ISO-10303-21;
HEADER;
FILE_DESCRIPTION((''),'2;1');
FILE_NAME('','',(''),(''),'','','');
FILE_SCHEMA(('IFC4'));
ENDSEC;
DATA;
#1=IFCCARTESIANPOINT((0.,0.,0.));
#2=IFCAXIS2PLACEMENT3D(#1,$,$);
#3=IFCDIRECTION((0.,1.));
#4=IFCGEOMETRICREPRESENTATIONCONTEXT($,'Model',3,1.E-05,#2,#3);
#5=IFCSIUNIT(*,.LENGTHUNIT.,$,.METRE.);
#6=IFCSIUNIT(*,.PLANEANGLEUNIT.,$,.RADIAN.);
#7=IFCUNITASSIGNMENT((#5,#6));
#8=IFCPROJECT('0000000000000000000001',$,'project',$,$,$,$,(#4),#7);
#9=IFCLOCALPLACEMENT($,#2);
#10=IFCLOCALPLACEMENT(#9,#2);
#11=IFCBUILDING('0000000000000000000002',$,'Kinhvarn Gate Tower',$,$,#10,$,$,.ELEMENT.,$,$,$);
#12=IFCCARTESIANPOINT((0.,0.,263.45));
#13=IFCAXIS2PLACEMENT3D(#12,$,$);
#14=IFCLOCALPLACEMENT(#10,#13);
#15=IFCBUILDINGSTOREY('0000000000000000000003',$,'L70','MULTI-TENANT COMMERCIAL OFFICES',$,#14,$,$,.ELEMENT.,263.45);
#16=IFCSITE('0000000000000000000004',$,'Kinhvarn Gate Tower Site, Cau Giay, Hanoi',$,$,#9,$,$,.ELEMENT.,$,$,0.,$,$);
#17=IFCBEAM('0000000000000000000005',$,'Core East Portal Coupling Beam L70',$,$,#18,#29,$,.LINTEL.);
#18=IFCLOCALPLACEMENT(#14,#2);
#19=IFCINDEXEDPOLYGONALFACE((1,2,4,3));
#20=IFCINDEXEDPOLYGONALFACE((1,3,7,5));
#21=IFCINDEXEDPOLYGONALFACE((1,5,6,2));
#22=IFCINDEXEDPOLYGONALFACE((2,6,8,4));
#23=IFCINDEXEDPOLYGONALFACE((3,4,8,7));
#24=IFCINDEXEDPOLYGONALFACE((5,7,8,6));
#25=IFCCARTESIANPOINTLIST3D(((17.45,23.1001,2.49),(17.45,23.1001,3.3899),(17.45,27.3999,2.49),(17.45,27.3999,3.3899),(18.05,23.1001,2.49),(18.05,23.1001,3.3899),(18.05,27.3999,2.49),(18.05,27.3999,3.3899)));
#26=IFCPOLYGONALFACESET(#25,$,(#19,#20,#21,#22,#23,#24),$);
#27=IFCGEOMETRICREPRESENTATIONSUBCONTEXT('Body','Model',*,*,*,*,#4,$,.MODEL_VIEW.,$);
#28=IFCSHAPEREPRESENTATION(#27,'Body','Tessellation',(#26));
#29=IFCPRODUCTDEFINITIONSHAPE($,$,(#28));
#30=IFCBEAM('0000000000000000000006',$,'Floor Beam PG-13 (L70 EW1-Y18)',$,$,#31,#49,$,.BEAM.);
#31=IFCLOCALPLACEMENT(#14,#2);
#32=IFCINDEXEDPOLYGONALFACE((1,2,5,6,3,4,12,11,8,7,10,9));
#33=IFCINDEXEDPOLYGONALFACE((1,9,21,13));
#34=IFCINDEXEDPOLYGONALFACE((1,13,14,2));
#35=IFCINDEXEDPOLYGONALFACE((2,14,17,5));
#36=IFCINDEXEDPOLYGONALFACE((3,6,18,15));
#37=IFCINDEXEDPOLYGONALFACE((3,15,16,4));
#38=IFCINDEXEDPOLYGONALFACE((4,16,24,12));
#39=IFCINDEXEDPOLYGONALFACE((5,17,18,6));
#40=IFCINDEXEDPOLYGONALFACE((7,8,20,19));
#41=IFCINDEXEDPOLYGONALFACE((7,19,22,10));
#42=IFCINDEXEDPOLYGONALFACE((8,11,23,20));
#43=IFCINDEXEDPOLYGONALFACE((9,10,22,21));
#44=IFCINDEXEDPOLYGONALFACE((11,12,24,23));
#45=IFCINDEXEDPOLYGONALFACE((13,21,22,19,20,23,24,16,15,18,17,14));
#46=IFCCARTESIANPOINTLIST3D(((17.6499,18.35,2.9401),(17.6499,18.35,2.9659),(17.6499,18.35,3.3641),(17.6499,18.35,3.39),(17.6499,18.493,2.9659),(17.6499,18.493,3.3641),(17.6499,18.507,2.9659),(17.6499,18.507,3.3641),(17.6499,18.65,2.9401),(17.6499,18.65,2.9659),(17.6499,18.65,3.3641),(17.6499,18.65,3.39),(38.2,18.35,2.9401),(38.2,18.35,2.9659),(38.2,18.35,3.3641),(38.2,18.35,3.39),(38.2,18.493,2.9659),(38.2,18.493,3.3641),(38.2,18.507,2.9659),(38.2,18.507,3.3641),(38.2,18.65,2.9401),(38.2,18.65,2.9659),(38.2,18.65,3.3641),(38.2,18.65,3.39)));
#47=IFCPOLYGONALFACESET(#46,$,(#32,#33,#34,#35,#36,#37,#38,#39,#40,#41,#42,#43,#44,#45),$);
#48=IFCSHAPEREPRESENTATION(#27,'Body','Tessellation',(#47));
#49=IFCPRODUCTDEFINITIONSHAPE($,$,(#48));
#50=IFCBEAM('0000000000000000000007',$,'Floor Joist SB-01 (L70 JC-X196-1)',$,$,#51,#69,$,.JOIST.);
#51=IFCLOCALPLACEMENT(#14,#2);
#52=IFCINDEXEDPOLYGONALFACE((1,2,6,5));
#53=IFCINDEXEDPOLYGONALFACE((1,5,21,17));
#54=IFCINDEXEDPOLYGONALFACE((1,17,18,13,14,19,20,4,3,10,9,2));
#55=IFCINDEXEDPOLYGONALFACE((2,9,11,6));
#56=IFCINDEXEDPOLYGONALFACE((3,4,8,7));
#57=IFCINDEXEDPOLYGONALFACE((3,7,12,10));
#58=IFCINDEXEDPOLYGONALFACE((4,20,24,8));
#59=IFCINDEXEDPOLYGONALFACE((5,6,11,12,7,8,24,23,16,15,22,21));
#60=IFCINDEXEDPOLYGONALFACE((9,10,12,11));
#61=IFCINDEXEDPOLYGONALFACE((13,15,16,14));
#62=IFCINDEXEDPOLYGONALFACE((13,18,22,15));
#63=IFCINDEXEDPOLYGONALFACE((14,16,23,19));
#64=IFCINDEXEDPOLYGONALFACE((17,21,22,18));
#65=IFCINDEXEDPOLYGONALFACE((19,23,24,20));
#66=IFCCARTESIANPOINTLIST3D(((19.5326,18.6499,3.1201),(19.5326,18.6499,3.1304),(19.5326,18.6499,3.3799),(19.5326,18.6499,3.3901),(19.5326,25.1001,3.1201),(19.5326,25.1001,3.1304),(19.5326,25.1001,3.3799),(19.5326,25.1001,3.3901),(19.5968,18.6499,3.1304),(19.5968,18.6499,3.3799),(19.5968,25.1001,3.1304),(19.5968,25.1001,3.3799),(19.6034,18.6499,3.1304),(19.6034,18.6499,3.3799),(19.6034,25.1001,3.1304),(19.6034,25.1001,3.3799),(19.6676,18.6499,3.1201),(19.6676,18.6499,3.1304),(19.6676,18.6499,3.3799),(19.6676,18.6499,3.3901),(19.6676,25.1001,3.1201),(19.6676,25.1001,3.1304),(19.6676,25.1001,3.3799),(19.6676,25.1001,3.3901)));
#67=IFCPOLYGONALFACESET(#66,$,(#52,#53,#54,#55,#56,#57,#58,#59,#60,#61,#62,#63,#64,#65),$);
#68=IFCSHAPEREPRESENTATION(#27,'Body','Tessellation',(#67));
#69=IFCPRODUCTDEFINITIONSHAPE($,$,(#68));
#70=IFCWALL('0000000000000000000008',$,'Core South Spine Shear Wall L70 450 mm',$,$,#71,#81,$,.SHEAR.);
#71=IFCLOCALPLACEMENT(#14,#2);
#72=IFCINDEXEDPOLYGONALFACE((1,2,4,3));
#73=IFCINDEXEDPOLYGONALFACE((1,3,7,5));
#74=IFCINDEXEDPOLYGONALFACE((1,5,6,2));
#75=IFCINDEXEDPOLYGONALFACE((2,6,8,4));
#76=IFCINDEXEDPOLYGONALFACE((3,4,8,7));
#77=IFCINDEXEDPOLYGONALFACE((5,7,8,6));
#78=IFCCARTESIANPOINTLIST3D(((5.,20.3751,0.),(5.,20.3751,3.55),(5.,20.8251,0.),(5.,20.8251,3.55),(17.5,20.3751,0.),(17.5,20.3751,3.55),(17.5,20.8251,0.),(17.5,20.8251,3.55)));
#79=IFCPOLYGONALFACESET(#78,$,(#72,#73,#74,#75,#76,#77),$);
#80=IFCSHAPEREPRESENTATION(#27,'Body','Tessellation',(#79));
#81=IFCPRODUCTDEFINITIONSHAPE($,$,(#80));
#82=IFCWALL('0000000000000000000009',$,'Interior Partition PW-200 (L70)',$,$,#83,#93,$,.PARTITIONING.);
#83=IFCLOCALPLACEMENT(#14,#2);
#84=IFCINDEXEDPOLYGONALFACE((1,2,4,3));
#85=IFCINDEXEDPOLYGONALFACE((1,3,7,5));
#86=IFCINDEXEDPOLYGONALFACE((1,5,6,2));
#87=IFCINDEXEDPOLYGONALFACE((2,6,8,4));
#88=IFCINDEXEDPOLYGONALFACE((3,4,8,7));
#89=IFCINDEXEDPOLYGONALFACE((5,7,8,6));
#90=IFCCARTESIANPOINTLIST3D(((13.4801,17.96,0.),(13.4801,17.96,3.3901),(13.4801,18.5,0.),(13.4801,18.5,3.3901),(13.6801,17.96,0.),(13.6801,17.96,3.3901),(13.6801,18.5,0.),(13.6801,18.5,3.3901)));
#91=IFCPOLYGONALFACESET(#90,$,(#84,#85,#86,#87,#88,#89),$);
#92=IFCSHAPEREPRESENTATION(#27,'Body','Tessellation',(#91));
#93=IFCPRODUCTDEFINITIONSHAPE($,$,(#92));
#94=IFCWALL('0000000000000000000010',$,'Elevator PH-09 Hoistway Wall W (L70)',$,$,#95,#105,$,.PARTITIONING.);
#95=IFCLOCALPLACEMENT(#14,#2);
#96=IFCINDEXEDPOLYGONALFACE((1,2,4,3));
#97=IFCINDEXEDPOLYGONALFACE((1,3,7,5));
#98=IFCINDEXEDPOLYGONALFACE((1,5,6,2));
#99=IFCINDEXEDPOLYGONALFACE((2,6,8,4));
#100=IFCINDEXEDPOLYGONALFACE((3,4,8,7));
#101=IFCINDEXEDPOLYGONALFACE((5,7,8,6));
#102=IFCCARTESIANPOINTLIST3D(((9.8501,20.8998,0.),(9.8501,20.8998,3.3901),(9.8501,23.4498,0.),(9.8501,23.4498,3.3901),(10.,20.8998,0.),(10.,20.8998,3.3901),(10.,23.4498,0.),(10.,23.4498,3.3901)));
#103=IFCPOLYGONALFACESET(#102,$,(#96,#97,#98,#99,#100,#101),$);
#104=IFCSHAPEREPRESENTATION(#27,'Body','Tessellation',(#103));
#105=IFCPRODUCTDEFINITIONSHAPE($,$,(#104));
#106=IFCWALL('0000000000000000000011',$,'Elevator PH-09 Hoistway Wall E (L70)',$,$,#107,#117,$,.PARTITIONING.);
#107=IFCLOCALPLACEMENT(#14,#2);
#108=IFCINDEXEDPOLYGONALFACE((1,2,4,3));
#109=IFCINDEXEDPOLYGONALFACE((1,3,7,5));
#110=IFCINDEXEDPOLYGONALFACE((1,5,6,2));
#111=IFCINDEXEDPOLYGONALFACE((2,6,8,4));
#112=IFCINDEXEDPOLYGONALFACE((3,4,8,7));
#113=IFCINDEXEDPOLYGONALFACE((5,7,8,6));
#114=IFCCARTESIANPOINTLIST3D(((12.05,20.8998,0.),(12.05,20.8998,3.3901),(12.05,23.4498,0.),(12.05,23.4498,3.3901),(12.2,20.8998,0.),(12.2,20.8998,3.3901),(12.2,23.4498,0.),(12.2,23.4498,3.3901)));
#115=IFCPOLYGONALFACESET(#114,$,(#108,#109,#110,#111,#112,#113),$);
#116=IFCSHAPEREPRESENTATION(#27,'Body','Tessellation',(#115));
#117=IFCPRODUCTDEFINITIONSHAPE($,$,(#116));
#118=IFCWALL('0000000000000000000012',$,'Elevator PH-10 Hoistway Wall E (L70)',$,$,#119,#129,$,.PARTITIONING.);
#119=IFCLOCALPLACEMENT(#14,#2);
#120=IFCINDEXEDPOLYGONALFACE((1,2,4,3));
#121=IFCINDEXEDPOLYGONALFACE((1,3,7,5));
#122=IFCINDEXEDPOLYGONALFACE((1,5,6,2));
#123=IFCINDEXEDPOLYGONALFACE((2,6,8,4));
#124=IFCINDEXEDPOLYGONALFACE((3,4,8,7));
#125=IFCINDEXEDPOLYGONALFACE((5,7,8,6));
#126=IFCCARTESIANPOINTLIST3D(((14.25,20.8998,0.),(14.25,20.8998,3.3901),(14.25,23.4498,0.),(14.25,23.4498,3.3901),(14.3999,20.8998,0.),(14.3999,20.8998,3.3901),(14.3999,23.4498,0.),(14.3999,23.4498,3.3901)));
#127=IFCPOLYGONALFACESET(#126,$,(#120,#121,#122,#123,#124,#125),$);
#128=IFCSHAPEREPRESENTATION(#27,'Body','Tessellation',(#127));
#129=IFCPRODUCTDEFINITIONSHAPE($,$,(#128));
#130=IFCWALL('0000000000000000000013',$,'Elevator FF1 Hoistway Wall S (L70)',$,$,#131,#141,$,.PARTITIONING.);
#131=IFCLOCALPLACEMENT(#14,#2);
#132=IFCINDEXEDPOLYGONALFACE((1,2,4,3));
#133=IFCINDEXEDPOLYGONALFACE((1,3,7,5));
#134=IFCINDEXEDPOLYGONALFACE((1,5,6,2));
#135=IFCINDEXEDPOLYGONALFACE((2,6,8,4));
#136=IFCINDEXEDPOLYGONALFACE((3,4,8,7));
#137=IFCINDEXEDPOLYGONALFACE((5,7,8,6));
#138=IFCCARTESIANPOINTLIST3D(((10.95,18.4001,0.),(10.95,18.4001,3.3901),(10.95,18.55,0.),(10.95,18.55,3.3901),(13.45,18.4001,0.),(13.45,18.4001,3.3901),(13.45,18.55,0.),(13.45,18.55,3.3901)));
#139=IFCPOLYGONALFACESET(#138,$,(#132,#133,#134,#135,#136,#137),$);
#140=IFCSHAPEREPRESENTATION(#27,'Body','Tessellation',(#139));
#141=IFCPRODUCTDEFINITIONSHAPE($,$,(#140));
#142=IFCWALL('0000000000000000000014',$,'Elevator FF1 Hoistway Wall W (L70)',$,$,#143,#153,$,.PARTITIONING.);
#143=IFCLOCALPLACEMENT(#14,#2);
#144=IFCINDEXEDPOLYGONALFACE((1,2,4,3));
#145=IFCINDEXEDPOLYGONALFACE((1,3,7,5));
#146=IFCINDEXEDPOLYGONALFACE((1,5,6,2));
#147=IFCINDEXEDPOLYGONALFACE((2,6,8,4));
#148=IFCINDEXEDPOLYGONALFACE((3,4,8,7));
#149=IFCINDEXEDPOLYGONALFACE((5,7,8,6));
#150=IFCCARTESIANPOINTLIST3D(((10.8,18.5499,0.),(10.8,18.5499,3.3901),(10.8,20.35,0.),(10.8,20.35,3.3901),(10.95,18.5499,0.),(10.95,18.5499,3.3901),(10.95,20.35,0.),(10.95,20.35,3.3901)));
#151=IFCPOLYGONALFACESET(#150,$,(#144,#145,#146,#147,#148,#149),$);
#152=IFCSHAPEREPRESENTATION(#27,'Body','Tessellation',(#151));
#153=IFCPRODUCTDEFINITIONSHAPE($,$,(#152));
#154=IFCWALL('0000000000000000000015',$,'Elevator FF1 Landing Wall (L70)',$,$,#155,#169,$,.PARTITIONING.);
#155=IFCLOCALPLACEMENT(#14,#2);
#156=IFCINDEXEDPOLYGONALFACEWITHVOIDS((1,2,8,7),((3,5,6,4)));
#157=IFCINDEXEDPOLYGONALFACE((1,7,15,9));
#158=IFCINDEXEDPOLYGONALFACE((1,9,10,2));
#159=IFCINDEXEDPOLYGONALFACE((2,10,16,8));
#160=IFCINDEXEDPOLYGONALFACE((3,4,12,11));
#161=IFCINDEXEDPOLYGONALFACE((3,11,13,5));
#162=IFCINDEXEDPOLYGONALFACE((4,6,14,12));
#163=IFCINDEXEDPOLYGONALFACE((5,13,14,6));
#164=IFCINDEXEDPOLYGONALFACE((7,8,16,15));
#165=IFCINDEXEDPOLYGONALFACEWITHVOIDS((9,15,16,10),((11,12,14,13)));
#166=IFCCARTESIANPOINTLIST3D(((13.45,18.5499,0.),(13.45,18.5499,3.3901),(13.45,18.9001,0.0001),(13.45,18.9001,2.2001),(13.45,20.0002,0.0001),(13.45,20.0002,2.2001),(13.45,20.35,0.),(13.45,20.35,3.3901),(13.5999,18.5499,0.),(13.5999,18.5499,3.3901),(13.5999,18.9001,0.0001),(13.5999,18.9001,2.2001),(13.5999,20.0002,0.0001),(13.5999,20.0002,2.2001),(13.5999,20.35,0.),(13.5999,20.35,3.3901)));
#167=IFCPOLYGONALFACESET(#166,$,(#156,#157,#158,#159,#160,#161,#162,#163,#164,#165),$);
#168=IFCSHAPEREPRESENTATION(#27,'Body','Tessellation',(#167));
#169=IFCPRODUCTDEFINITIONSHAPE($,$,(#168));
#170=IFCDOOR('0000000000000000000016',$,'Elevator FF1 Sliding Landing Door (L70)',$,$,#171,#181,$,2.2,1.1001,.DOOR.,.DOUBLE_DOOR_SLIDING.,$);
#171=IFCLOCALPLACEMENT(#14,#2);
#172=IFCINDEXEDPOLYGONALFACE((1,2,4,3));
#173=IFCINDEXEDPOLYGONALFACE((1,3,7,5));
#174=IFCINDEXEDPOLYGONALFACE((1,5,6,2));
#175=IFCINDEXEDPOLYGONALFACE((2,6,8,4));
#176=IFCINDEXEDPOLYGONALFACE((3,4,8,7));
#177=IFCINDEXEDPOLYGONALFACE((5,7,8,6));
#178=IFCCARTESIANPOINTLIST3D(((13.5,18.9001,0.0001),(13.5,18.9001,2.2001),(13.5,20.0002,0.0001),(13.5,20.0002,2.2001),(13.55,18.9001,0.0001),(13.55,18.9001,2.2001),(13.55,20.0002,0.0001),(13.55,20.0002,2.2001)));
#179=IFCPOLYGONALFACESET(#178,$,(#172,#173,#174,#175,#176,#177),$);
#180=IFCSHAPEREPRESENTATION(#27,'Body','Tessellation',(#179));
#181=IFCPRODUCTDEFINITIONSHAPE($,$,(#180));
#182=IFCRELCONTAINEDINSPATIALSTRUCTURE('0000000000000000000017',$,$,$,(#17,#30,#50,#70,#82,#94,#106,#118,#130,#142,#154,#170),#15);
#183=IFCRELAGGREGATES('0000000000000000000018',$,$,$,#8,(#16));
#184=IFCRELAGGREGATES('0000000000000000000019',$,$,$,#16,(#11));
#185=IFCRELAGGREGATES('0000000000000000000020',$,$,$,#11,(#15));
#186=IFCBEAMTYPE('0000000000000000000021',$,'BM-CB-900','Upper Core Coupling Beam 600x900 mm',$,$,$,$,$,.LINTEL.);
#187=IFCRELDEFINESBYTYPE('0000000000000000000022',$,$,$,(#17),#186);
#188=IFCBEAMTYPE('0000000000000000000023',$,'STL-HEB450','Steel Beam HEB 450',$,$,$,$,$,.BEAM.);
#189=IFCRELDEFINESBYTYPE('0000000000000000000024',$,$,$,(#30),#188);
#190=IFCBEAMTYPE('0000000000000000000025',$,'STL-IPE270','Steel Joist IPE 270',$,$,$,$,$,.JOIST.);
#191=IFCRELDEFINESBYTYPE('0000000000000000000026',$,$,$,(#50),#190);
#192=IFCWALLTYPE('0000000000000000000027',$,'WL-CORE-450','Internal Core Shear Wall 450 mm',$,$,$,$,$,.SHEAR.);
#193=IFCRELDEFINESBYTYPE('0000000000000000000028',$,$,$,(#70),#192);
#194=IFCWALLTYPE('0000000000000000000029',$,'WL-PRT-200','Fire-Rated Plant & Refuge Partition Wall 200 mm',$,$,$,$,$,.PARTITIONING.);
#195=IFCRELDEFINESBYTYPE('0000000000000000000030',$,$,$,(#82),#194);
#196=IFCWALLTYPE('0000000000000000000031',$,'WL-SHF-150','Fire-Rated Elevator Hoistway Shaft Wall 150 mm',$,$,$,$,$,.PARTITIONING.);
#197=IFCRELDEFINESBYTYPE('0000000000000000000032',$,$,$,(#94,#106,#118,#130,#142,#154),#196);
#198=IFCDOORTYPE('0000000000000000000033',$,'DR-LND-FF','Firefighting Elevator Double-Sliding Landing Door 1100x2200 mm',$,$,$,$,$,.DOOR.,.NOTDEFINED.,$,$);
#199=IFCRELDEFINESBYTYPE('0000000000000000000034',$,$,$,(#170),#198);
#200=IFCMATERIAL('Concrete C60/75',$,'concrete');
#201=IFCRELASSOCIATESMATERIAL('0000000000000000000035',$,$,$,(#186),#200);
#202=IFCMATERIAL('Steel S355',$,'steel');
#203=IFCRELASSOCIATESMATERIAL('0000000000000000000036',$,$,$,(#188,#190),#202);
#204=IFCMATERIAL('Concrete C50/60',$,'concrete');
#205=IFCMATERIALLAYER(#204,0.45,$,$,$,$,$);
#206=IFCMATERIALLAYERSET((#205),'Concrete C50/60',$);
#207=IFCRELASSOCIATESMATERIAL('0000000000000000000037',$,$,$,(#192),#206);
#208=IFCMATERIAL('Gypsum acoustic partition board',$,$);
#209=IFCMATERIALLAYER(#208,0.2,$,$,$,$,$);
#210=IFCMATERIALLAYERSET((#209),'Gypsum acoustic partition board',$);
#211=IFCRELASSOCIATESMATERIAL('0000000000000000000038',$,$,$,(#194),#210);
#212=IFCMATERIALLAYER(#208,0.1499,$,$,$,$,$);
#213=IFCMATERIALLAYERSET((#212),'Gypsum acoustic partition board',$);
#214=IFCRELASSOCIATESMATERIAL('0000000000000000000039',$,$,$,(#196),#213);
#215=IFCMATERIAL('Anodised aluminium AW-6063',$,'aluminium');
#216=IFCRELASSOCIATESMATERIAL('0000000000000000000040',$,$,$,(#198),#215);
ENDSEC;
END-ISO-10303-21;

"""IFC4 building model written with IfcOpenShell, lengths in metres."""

from ifc_helpers import new_model, si_unit, direction, frame, frame_2d, origin, origin_2d, place, context, subcontext, project, spatial, rectangle, i_section, extrude, material, layer, layer_set, material_profile, profile_set, type_object, element, fill, save


model = new_model("IFC4")

# Units and contexts
model_context = context("Model", 3, precision=1e-05, world=origin(), true_north=direction((0.0, 1.0)))
body_context = subcontext(model_context, "Body", "Model", "MODEL_VIEW")
ifc_project = project(units=[si_unit("LENGTHUNIT", "METRE"), si_unit("PLANEANGLEUNIT", "RADIAN")], contexts=[model_context])

# Site, building, storey
site_placement = place(None, origin())
site = spatial("IfcSite", under=ifc_project, at=site_placement, Name="Kinhvarn Gate Tower Site, Cau Giay, Hanoi", CompositionType="ELEMENT", RefElevation=0.0)
building_placement = place(site_placement, origin())
building = spatial("IfcBuilding", under=site, at=building_placement, Name="Kinhvarn Gate Tower", CompositionType="ELEMENT")
storey_placement = place(building_placement, frame((0.0, 0.0, 263.45)))
storey = spatial("IfcBuildingStorey", under=building, at=storey_placement, Name="L70", Description="MULTI-TENANT COMMERCIAL OFFICES", CompositionType="ELEMENT", Elevation=263.45)

# Beams
ifc_material_1 = material(Name="Concrete C60/75", Category="concrete")
ifc_material_profile_1 = material_profile(ifc_material_1, rectangle(XDim=0.6001, YDim=0.8999, at=origin_2d()), Name="RC 600x900")
ifc_profile_set_1 = profile_set([ifc_material_profile_1], Name="Concrete C60/75")
beam_type_1 = type_object("IfcBeamType", Name="BM-CB-900", Description="Upper Core Coupling Beam 600x900 mm", PredefinedType="LINTEL", material=ifc_profile_set_1)
beam_1_placement = place(storey_placement, frame((17.75, 23.1001, 2.9399), z_axis=(0.0, 1.0, 0.0), x_axis=(-1.0, 0.0, 0.0)))
element("IfcBeam", 1, at=beam_1_placement, inside=storey, type_object=beam_type_1, Name="Core East Portal Coupling Beam L70", PredefinedType="LINTEL", context=body_context, shape_type="SweptSolid", body=[
    extrude(rectangle(XDim=0.6001, YDim=0.8999, at=origin_2d()), origin(), (0.0, 0.0, 1.0), 4.2998),
])
ifc_material_2 = material(Name="Steel S355", Category="steel")
ifc_material_profile_2 = material_profile(ifc_material_2, i_section(OverallWidth=0.3, OverallDepth=0.45, WebThickness=0.0139, FlangeThickness=0.0259, at=origin_2d()), Name="HEB 450")
ifc_profile_set_2 = profile_set([ifc_material_profile_2], Name="Steel S355")
beam_type_2 = type_object("IfcBeamType", Name="STL-HEB450", Description="Steel Beam HEB 450", PredefinedType="BEAM", material=ifc_profile_set_2)
beam_2_placement = place(storey_placement, frame((17.6499, 18.5, 3.165), z_axis=(1.0, 0.0, 0.0), x_axis=(0.0, 1.0, 0.0)))
element("IfcBeam", 2, at=beam_2_placement, inside=storey, type_object=beam_type_2, Name="Floor Beam PG-13 (L70 EW1-Y18)", PredefinedType="BEAM", context=body_context, shape_type="SweptSolid", body=[
    extrude(i_section(OverallWidth=0.3, OverallDepth=0.45, WebThickness=0.0139, FlangeThickness=0.0259, at=origin_2d()), origin(), (0.0, 0.0, 1.0), 20.55),
])
ifc_material_profile_3 = material_profile(ifc_material_2, i_section(OverallWidth=0.135, OverallDepth=0.27, WebThickness=0.0066, FlangeThickness=0.0103, at=origin_2d()), Name="IPE 270")
ifc_profile_set_3 = profile_set([ifc_material_profile_3], Name="Steel S355")
beam_type_3 = type_object("IfcBeamType", Name="STL-IPE270", Description="Steel Joist IPE 270", PredefinedType="JOIST", material=ifc_profile_set_3)
beam_3_placement = place(storey_placement, frame((19.6001, 18.6499, 3.2551), z_axis=(0.0, 1.0, 0.0), x_axis=(-1.0, 0.0, 0.0)))
element("IfcBeam", 3, at=beam_3_placement, inside=storey, type_object=beam_type_3, Name="Floor Joist SB-01 (L70 JC-X196-1)", PredefinedType="JOIST", context=body_context, shape_type="SweptSolid", body=[
    extrude(i_section(OverallWidth=0.135, OverallDepth=0.27, WebThickness=0.0066, FlangeThickness=0.0103, at=origin_2d()), origin(), (0.0, 0.0, 1.0), 6.4502),
])

# Walls
ifc_material_3 = material(Name="Concrete C50/60", Category="concrete")
ifc_layer_1 = layer(ifc_material_3, 0.45)
ifc_layer_set_1 = layer_set([ifc_layer_1], Name="Concrete C50/60")
wall_type_1 = type_object("IfcWallType", Name="WL-CORE-450", Description="Internal Core Shear Wall 450 mm", PredefinedType="SHEAR", material=ifc_layer_set_1)
wall_1_placement = place(storey_placement, frame((5.0, 20.6001, 0.0), z_axis=(0.0, 0.0, 1.0), x_axis=(1.0, 0.0, 0.0)))
element("IfcWall", 4, at=wall_1_placement, inside=storey, type_object=wall_type_1, Name="Core South Spine Shear Wall L70 450 mm", PredefinedType="SHEAR", context=body_context, shape_type="SweptSolid", body=[
    extrude(rectangle(XDim=12.5, YDim=0.45, at=frame_2d((6.25, 0.0))), origin(), (0.0, 0.0, 1.0), 3.55),
])
ifc_material_4 = material(Name="Gypsum acoustic partition board")
ifc_layer_2 = layer(ifc_material_4, 0.2)
ifc_layer_set_2 = layer_set([ifc_layer_2], Name="Gypsum acoustic partition board")
wall_type_2 = type_object("IfcWallType", Name="WL-PRT-200", Description="Fire-Rated Plant & Refuge Partition Wall 200 mm", PredefinedType="PARTITIONING", material=ifc_layer_set_2)
wall_2_placement = place(storey_placement, frame((13.5801, 17.96, 0.0), z_axis=(0.0, 0.0, 1.0), x_axis=(0.0, 1.0, 0.0)))
element("IfcWall", 5, at=wall_2_placement, inside=storey, type_object=wall_type_2, Name="Interior Partition PW-200 (L70)", PredefinedType="PARTITIONING", context=body_context, shape_type="SweptSolid", body=[
    extrude(rectangle(XDim=0.54, YDim=0.2, at=frame_2d((0.27, 0.0))), origin(), (0.0, 0.0, 1.0), 3.3901),
])
ifc_layer_3 = layer(ifc_material_4, 0.1499)
ifc_layer_set_3 = layer_set([ifc_layer_3], Name="Gypsum acoustic partition board")
wall_type_3 = type_object("IfcWallType", Name="WL-SHF-150", Description="Fire-Rated Elevator Hoistway Shaft Wall 150 mm", PredefinedType="PARTITIONING", material=ifc_layer_set_3)
for number, where, z_axis, x_axis, name in (
    (6, (9.925, 20.8999, 0.0), (0.0, 0.0, 1.0), (0.0, 1.0, 0.0), "Elevator PH-09 Hoistway Wall W (L70)"),
    (7, (12.125, 20.8999, 0.0), (0.0, 0.0, 1.0), (0.0, 1.0, 0.0), "Elevator PH-09 Hoistway Wall E (L70)"),
    (8, (14.325, 20.8999, 0.0), (0.0, 0.0, 1.0), (0.0, 1.0, 0.0), "Elevator PH-10 Hoistway Wall E (L70)"),
):
    element("IfcWall", number, at=place(storey_placement, frame(where, z_axis=z_axis, x_axis=x_axis)), inside=storey, type_object=wall_type_3, Name=name, PredefinedType="PARTITIONING", context=body_context, shape_type="SweptSolid", body=[
        extrude(rectangle(XDim=2.55, YDim=0.1499, at=frame_2d((1.2749, 0.0))), origin(), (0.0, 0.0, 1.0), 3.3901),
    ])
wall_3_placement = place(storey_placement, frame((10.95, 18.4751, 0.0), z_axis=(0.0, 0.0, 1.0), x_axis=(1.0, 0.0, 0.0)))
element("IfcWall", 9, at=wall_3_placement, inside=storey, type_object=wall_type_3, Name="Elevator FF1 Hoistway Wall S (L70)", PredefinedType="PARTITIONING", context=body_context, shape_type="SweptSolid", body=[
    extrude(rectangle(XDim=2.5, YDim=0.1499, at=frame_2d((1.25, 0.0))), origin(), (0.0, 0.0, 1.0), 3.3901),
])
wall_4_placement = place(storey_placement, frame((10.875, 18.55, 0.0), z_axis=(0.0, 0.0, 1.0), x_axis=(0.0, 1.0, 0.0)))
element("IfcWall", 10, at=wall_4_placement, inside=storey, type_object=wall_type_3, Name="Elevator FF1 Hoistway Wall W (L70)", PredefinedType="PARTITIONING", context=body_context, shape_type="SweptSolid", body=[
    extrude(rectangle(XDim=1.8, YDim=0.1499, at=frame_2d((0.8999, 0.0))), origin(), (0.0, 0.0, 1.0), 3.3901),
])

# Wall, opening, door
wall_5_placement = place(storey_placement, frame((13.5249, 18.55, 0.0), z_axis=(0.0, 0.0, 1.0), x_axis=(0.0, 1.0, 0.0)))
wall_5 = element("IfcWall", 11, at=wall_5_placement, inside=storey, type_object=wall_type_3, Name="Elevator FF1 Landing Wall (L70)", PredefinedType="PARTITIONING", context=body_context, shape_type="SweptSolid", body=[
    extrude(rectangle(XDim=1.8, YDim=0.1499, at=frame_2d((0.8999, 0.0))), origin(), (0.0, 0.0, 1.0), 3.3901),
])
opening_1_placement = place(wall_5_placement, frame((0.3501, 0.0, 0.0)))
opening_1 = element("IfcOpeningElement", 12, at=opening_1_placement, cuts=wall_5, PredefinedType="OPENING", context=body_context, shape_type="SweptSolid", body=[
    extrude(rectangle(XDim=1.1001, YDim=2.2, at=frame_2d((0.55, 1.1001))), frame((0.0, 0.085, 0.0), z_axis=(0.0, -1.0, 0.0), x_axis=(1.0, 0.0, 0.0)), (0.0, 0.0, 1.0), 0.1699),
])
ifc_material_5 = material(Name="Anodised aluminium AW-6063", Category="aluminium")
door_type_1 = type_object("IfcDoorType", Name="DR-LND-FF", Description="Firefighting Elevator Double-Sliding Landing Door 1100x2200 mm", OperationType="NOTDEFINED", PredefinedType="DOOR", material=ifc_material_5)
door_1_placement = place(opening_1_placement, origin())
door_1 = element("IfcDoor", 13, at=door_1_placement, inside=storey, type_object=door_type_1, Name="Elevator FF1 Sliding Landing Door (L70)", OperationType="DOUBLE_DOOR_SLIDING", OverallHeight=2.2, OverallWidth=1.1001, PredefinedType="DOOR", context=body_context, shape_type="SweptSolid", body=[
    extrude(rectangle(XDim=1.1001, YDim=2.2, at=frame_2d((0.55, 1.1001))), frame((0.0, 0.0249, 0.0), z_axis=(0.0, -1.0, 0.0), x_axis=(1.0, 0.0, 0.0)), (0.0, 0.0, 1.0), 0.05),
])
fill(opening_1, door_1)

save(model, "model.ifc")
